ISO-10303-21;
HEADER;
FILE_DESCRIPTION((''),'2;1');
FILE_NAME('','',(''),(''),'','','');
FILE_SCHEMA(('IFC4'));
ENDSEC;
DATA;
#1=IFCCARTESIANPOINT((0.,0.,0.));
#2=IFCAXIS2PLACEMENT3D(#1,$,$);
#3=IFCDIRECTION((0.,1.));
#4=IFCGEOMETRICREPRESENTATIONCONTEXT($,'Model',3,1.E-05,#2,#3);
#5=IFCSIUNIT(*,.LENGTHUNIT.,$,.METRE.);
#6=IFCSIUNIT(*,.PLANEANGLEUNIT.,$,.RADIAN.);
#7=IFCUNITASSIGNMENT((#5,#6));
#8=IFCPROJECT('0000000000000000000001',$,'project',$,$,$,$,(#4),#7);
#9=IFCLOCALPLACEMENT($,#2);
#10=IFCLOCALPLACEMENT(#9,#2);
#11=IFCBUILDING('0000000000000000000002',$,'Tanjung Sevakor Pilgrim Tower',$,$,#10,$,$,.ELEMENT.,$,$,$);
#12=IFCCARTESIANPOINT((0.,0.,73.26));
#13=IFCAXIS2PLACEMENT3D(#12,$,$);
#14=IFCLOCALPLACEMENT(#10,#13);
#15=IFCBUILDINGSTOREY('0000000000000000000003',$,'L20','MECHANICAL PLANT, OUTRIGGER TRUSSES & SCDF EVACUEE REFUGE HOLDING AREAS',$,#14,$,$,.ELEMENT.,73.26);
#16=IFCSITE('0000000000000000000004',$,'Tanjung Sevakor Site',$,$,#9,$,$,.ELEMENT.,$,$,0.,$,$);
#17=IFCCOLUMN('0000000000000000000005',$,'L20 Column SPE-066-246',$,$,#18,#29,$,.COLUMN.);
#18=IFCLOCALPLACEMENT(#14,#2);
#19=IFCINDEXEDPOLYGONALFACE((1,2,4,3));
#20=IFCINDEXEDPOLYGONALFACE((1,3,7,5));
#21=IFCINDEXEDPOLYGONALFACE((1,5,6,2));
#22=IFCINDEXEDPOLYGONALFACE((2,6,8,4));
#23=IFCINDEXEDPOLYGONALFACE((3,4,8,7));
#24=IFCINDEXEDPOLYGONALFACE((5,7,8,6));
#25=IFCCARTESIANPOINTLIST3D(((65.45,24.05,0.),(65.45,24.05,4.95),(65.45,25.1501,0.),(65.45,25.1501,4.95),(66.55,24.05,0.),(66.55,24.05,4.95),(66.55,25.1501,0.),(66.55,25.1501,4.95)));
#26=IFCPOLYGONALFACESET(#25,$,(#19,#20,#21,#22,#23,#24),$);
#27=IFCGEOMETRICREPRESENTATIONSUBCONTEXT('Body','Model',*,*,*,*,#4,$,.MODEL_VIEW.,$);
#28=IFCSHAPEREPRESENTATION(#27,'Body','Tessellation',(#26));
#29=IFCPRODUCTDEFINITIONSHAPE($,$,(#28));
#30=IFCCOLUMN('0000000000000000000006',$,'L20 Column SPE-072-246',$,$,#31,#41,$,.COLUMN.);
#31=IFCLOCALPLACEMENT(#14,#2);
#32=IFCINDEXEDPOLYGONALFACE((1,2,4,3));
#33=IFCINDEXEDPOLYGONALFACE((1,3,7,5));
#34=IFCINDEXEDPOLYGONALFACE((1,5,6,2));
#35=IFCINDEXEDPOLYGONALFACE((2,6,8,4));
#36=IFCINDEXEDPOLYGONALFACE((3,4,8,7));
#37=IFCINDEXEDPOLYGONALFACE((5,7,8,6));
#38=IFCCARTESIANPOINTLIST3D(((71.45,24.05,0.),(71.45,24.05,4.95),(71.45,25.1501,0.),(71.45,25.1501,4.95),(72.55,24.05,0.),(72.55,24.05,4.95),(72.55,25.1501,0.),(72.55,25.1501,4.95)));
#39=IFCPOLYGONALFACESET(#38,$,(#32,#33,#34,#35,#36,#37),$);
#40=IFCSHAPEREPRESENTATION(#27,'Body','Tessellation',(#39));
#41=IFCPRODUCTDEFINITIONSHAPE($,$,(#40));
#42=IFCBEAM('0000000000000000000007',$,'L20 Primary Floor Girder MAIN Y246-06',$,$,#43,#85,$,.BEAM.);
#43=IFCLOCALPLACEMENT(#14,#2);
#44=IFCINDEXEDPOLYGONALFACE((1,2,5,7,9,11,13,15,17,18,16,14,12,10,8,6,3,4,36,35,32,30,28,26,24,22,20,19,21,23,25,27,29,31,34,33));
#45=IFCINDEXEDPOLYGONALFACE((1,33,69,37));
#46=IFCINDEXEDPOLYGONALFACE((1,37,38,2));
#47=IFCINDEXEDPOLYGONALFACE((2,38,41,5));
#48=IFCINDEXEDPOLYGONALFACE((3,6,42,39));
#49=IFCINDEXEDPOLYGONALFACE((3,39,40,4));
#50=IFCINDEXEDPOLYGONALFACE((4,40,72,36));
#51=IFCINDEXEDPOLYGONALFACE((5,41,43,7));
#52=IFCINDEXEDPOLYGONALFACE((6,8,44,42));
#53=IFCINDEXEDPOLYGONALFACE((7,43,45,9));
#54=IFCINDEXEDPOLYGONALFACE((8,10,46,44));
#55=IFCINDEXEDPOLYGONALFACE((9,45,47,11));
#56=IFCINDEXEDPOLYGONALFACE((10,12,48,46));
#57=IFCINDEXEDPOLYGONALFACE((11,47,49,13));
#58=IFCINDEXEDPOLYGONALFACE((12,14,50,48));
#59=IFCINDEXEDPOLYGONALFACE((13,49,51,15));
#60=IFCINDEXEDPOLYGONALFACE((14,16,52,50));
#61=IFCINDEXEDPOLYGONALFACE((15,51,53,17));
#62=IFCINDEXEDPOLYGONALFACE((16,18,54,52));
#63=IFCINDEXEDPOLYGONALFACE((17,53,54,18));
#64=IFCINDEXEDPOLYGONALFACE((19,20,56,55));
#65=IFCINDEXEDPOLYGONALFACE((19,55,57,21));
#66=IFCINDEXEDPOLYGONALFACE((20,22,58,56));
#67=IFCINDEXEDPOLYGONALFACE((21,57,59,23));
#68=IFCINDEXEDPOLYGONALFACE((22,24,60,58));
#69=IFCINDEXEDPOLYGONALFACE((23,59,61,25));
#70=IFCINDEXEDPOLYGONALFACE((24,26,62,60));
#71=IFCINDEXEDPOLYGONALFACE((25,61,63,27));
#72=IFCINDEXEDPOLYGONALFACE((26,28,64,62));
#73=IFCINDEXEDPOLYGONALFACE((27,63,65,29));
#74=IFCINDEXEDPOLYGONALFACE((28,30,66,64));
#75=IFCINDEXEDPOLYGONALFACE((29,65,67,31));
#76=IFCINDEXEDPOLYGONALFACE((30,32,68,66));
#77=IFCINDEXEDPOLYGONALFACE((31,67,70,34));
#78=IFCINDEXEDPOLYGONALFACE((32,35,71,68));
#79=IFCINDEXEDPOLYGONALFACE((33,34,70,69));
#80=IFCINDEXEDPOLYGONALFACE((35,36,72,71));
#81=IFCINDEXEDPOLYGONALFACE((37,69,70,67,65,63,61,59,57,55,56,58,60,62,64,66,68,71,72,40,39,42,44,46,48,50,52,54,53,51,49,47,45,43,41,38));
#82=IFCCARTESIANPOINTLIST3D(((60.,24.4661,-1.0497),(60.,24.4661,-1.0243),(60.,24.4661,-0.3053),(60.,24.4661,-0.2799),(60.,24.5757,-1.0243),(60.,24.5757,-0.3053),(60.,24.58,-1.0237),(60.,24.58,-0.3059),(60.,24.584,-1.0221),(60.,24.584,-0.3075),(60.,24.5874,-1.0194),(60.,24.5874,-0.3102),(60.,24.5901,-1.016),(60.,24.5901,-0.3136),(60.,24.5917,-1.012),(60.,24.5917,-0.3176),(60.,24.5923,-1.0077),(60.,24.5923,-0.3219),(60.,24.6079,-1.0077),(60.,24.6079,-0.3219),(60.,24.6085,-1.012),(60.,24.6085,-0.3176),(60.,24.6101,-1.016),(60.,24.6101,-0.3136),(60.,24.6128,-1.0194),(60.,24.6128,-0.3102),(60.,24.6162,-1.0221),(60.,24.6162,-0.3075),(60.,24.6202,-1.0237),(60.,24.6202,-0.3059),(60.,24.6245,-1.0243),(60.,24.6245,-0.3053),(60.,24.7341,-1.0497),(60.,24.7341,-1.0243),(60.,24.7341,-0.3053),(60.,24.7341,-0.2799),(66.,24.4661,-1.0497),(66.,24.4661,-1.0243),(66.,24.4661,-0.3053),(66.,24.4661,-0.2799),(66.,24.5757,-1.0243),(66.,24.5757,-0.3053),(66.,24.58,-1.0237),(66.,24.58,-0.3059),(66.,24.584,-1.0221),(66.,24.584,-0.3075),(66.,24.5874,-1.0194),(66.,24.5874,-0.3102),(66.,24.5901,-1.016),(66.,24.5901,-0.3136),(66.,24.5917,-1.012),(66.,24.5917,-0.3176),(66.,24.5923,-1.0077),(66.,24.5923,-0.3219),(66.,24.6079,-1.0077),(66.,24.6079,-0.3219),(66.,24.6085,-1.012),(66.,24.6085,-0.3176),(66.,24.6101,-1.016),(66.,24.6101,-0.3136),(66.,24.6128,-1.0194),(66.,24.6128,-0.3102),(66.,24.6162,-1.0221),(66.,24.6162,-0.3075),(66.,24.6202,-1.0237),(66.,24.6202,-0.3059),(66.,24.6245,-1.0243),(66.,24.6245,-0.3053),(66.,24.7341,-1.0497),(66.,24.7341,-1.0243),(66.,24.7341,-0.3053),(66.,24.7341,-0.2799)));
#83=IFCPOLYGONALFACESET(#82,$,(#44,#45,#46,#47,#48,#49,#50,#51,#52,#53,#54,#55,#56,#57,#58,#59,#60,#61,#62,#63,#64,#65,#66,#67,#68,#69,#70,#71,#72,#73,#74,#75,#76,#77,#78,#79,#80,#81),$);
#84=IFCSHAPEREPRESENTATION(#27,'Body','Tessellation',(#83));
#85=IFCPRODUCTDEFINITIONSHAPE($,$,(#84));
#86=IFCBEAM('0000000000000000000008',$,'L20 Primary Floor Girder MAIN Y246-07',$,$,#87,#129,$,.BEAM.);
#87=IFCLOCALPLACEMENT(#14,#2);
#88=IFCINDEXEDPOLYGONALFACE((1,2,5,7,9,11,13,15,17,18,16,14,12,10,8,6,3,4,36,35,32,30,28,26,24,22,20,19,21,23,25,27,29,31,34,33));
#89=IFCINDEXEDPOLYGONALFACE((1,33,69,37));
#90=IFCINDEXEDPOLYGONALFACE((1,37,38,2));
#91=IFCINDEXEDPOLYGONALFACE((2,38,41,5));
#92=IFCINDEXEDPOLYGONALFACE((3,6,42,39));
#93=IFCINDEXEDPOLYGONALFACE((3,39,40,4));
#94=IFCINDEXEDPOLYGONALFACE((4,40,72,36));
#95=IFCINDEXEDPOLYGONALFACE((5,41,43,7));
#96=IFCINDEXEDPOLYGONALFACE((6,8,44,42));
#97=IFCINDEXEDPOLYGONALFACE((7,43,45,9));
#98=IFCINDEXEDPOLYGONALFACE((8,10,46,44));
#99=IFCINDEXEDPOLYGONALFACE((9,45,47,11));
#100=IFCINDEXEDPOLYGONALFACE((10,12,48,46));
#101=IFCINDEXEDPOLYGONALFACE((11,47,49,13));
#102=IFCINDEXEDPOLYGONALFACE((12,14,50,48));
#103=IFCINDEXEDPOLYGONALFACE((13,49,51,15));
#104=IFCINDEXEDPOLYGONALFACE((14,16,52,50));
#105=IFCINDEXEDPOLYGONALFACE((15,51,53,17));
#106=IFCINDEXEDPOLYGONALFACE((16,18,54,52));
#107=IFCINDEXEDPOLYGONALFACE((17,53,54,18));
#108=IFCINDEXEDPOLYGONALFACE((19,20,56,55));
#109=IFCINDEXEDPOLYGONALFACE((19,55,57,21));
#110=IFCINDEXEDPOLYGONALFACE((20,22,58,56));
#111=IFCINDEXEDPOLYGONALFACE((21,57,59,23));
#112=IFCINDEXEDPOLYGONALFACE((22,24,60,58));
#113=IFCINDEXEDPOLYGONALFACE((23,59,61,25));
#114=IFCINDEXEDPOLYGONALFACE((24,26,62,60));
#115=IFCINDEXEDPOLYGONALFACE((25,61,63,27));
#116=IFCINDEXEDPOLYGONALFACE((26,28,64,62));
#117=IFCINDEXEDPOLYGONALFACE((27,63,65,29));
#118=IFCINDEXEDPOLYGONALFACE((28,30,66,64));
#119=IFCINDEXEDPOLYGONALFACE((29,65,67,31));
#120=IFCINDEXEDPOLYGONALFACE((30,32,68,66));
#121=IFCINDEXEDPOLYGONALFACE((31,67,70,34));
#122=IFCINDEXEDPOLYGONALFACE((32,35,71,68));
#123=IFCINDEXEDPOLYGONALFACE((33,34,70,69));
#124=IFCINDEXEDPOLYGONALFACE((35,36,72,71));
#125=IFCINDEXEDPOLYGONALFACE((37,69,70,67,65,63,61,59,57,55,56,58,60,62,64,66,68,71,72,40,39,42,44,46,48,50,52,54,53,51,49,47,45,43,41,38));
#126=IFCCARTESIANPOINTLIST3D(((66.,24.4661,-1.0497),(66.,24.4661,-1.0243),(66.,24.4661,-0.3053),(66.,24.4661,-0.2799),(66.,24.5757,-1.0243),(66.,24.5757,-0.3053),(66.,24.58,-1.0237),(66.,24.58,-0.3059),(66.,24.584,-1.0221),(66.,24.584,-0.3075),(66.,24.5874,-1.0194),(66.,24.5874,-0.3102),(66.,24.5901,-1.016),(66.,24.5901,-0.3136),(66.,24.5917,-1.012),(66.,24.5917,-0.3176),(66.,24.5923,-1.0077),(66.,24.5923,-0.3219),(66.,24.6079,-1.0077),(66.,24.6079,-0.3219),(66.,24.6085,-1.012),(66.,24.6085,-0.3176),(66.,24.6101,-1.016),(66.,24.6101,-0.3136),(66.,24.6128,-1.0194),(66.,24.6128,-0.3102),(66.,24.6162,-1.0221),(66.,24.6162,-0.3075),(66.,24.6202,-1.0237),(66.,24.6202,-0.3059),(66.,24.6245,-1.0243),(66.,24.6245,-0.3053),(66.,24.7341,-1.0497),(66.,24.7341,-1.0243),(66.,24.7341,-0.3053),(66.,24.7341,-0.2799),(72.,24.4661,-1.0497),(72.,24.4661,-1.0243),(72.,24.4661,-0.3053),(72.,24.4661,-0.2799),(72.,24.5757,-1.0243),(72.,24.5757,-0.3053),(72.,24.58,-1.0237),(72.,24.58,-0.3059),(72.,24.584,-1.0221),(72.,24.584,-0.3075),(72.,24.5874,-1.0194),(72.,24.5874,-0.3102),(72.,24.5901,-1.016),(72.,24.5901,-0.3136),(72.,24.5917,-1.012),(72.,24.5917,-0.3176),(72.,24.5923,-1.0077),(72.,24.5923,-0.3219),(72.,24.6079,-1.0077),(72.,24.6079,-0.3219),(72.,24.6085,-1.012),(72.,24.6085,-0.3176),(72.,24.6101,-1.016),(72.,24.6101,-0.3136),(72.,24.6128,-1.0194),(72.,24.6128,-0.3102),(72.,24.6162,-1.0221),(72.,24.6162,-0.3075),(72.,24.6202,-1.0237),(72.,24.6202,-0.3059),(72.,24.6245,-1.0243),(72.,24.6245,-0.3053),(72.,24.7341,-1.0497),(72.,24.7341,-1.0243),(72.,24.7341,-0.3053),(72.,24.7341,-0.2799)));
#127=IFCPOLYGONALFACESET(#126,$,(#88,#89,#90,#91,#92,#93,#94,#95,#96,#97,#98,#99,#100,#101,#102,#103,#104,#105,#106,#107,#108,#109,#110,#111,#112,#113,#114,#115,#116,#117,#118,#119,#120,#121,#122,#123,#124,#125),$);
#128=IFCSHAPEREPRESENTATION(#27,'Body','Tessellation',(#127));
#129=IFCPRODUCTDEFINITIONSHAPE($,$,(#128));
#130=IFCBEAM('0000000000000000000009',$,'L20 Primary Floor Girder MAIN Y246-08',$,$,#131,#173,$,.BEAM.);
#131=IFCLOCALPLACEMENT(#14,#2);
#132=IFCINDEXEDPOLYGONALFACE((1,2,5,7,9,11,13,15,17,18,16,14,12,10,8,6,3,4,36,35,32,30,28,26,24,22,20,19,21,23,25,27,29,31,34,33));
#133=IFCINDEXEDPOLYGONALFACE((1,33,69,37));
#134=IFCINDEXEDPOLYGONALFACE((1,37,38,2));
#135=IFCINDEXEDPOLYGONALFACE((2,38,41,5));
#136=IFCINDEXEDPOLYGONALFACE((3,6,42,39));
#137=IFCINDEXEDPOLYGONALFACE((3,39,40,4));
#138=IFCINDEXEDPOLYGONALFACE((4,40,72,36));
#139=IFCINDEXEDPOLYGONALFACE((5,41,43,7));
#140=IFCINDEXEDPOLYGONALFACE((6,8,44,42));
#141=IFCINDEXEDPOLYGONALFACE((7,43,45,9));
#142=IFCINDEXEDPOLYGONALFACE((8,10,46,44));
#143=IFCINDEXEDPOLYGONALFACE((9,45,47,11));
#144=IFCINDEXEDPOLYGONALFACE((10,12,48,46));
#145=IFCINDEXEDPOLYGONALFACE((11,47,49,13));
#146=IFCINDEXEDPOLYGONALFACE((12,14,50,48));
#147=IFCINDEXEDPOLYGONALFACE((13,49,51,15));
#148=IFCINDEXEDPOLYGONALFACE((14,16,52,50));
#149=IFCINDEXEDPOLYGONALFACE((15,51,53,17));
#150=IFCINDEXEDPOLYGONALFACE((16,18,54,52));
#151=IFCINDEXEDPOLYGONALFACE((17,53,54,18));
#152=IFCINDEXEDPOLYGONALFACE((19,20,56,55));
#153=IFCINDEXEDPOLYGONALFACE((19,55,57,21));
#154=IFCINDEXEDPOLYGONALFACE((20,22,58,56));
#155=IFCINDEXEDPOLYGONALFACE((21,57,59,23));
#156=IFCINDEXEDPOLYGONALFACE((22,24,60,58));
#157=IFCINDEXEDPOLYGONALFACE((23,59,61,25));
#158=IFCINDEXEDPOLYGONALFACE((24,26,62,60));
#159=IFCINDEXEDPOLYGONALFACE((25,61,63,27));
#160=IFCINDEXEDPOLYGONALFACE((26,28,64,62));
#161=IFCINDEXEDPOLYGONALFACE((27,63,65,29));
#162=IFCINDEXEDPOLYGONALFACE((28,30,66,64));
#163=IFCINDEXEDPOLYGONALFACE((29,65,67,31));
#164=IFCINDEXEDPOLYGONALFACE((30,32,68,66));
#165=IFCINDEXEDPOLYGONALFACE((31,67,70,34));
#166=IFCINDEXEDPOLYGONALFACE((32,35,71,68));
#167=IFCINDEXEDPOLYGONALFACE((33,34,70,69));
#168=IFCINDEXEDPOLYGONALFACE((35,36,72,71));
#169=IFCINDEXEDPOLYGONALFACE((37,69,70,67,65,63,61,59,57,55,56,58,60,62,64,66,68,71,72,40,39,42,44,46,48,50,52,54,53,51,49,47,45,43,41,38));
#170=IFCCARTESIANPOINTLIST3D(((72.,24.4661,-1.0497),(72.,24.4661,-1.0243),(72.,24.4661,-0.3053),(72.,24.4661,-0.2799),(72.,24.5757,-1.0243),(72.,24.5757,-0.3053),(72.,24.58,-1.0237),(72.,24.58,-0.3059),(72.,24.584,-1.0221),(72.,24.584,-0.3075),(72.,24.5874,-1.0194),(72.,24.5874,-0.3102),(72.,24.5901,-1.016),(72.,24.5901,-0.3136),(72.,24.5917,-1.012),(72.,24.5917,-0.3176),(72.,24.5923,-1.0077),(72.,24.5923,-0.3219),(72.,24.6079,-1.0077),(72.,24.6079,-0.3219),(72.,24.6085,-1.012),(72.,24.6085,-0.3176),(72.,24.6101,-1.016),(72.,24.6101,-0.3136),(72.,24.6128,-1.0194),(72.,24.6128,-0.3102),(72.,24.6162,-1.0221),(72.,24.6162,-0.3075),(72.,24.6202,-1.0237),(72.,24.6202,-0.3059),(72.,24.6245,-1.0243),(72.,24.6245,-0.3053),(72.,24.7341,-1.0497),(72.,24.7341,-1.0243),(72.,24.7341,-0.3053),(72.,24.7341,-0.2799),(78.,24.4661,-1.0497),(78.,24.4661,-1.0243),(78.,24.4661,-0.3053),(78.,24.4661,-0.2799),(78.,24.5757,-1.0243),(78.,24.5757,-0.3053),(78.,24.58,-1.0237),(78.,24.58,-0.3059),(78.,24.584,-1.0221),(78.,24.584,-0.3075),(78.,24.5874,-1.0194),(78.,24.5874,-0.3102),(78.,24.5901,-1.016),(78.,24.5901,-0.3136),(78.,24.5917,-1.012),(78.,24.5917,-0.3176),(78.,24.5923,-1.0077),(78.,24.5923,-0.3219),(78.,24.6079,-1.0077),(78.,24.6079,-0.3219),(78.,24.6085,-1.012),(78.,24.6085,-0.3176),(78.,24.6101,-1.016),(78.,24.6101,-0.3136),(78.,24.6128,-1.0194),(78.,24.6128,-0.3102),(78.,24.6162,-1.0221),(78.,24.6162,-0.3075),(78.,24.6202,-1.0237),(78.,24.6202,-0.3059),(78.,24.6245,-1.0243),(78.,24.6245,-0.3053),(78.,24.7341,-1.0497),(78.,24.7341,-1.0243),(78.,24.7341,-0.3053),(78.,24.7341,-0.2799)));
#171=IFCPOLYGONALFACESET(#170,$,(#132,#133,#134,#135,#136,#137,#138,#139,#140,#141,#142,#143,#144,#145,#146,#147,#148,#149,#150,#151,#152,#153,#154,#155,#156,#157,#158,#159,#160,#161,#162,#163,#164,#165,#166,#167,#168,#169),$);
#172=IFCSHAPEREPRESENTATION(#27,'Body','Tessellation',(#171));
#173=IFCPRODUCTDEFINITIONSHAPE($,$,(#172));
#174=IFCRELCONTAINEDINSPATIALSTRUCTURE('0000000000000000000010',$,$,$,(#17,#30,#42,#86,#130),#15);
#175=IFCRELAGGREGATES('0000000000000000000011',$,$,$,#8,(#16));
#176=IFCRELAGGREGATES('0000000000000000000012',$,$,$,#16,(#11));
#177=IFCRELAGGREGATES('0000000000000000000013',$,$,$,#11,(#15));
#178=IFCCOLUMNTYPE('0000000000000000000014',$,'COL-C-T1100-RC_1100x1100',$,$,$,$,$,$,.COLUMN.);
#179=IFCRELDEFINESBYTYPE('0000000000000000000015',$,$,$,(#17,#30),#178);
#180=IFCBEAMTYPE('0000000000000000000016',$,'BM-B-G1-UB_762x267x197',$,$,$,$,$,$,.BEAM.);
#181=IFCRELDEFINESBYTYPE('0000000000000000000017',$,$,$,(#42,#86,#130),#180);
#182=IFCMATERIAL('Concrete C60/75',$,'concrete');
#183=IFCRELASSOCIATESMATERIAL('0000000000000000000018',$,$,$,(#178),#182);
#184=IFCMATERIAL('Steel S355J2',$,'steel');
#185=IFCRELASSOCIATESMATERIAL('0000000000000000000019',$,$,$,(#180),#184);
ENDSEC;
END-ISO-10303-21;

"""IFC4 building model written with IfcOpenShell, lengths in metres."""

from ifc_helpers import new_model, si_unit, direction, frame, origin, origin_2d, place, context, subcontext, project, spatial, rectangle, i_section, extrude, material, material_profile, profile_set, type_object, element, save


model = new_model("IFC4")

# Units and contexts
model_context = context("Model", 3, precision=1e-05, world=origin(), true_north=direction((0.0, 1.0)))
body_context = subcontext(model_context, "Body", "Model", "MODEL_VIEW")
ifc_project = project(units=[si_unit("LENGTHUNIT", "METRE"), si_unit("PLANEANGLEUNIT", "RADIAN")], contexts=[model_context])

# Site, building, storey
site_placement = place(None, origin())
site = spatial("IfcSite", under=ifc_project, at=site_placement, Name="Tanjung Sevakor Site", CompositionType="ELEMENT", RefElevation=0.0)
building_placement = place(site_placement, origin())
building = spatial("IfcBuilding", under=site, at=building_placement, Name="Tanjung Sevakor Pilgrim Tower", CompositionType="ELEMENT")
storey_placement = place(building_placement, frame((0.0, 0.0, 73.26)))
storey = spatial("IfcBuildingStorey", under=building, at=storey_placement, Name="L20", Description="MECHANICAL PLANT, OUTRIGGER TRUSSES & SCDF EVACUEE REFUGE HOLDING AREAS", CompositionType="ELEMENT", Elevation=73.26)

# Columns
ifc_material_1 = material(Name="Concrete C60/75", Category="concrete")
ifc_material_profile_1 = material_profile(ifc_material_1, rectangle(XDim=1.1001, YDim=1.1001, at=origin_2d()))
ifc_profile_set_1 = profile_set([ifc_material_profile_1], Name="Concrete C60/75")
column_type = type_object("IfcColumnType", Name="COL-C-T1100-RC_1100x1100", PredefinedType="COLUMN", material=ifc_profile_set_1)
for number, where, z_axis, x_axis, name in (
    (1, (66.0, 24.6001, 0.0), (0.0, 0.0, 1.0), (1.0, 0.0, 0.0), "L20 Column SPE-066-246"),
    (2, (72.0, 24.6001, 0.0), (0.0, 0.0, 1.0), (1.0, 0.0, 0.0), "L20 Column SPE-072-246"),
):
    element("IfcColumn", number, at=place(storey_placement, frame(where, z_axis=z_axis, x_axis=x_axis)), inside=storey, type_object=column_type, Name=name, PredefinedType="COLUMN", context=body_context, shape_type="SweptSolid", body=[
        extrude(rectangle(XDim=1.1001, YDim=1.1001, at=origin_2d()), origin(), (0.0, 0.0, 1.0), 4.95),
    ])

# Beams
ifc_material_2 = material(Name="Steel S355J2", Category="steel")
ifc_material_profile_2 = material_profile(ifc_material_2, i_section(OverallWidth=0.2681, OverallDepth=0.7698, WebThickness=0.0156, FlangeThickness=0.0254, FilletRadius=0.0166, at=origin_2d()))
ifc_profile_set_2 = profile_set([ifc_material_profile_2], Name="Steel S355J2")
beam_type_1 = type_object("IfcBeamType", Name="BM-B-G1-UB_762x267x197", PredefinedType="BEAM", material=ifc_profile_set_2)
for number, where, z_axis, x_axis, name in (
    (3, (60.0, 24.6001, -0.6648), (1.0, 0.0, 0.0), (0.0, 1.0, 0.0), "L20 Primary Floor Girder MAIN Y246-06"),
    (4, (66.0, 24.6001, -0.6648), (1.0, 0.0, 0.0), (0.0, 1.0, 0.0), "L20 Primary Floor Girder MAIN Y246-07"),
    (5, (72.0, 24.6001, -0.6648), (1.0, 0.0, 0.0), (0.0, 1.0, 0.0), "L20 Primary Floor Girder MAIN Y246-08"),
):
    element("IfcBeam", number, at=place(storey_placement, frame(where, z_axis=z_axis, x_axis=x_axis)), inside=storey, type_object=beam_type_1, Name=name, PredefinedType="BEAM", context=body_context, shape_type="SweptSolid", body=[
        extrude(i_section(OverallWidth=0.2681, OverallDepth=0.7698, WebThickness=0.0156, FlangeThickness=0.0254, FilletRadius=0.0166, at=origin_2d()), origin(), (0.0, 0.0, 1.0), 6.0),
    ])

save(model, "model.ifc")
